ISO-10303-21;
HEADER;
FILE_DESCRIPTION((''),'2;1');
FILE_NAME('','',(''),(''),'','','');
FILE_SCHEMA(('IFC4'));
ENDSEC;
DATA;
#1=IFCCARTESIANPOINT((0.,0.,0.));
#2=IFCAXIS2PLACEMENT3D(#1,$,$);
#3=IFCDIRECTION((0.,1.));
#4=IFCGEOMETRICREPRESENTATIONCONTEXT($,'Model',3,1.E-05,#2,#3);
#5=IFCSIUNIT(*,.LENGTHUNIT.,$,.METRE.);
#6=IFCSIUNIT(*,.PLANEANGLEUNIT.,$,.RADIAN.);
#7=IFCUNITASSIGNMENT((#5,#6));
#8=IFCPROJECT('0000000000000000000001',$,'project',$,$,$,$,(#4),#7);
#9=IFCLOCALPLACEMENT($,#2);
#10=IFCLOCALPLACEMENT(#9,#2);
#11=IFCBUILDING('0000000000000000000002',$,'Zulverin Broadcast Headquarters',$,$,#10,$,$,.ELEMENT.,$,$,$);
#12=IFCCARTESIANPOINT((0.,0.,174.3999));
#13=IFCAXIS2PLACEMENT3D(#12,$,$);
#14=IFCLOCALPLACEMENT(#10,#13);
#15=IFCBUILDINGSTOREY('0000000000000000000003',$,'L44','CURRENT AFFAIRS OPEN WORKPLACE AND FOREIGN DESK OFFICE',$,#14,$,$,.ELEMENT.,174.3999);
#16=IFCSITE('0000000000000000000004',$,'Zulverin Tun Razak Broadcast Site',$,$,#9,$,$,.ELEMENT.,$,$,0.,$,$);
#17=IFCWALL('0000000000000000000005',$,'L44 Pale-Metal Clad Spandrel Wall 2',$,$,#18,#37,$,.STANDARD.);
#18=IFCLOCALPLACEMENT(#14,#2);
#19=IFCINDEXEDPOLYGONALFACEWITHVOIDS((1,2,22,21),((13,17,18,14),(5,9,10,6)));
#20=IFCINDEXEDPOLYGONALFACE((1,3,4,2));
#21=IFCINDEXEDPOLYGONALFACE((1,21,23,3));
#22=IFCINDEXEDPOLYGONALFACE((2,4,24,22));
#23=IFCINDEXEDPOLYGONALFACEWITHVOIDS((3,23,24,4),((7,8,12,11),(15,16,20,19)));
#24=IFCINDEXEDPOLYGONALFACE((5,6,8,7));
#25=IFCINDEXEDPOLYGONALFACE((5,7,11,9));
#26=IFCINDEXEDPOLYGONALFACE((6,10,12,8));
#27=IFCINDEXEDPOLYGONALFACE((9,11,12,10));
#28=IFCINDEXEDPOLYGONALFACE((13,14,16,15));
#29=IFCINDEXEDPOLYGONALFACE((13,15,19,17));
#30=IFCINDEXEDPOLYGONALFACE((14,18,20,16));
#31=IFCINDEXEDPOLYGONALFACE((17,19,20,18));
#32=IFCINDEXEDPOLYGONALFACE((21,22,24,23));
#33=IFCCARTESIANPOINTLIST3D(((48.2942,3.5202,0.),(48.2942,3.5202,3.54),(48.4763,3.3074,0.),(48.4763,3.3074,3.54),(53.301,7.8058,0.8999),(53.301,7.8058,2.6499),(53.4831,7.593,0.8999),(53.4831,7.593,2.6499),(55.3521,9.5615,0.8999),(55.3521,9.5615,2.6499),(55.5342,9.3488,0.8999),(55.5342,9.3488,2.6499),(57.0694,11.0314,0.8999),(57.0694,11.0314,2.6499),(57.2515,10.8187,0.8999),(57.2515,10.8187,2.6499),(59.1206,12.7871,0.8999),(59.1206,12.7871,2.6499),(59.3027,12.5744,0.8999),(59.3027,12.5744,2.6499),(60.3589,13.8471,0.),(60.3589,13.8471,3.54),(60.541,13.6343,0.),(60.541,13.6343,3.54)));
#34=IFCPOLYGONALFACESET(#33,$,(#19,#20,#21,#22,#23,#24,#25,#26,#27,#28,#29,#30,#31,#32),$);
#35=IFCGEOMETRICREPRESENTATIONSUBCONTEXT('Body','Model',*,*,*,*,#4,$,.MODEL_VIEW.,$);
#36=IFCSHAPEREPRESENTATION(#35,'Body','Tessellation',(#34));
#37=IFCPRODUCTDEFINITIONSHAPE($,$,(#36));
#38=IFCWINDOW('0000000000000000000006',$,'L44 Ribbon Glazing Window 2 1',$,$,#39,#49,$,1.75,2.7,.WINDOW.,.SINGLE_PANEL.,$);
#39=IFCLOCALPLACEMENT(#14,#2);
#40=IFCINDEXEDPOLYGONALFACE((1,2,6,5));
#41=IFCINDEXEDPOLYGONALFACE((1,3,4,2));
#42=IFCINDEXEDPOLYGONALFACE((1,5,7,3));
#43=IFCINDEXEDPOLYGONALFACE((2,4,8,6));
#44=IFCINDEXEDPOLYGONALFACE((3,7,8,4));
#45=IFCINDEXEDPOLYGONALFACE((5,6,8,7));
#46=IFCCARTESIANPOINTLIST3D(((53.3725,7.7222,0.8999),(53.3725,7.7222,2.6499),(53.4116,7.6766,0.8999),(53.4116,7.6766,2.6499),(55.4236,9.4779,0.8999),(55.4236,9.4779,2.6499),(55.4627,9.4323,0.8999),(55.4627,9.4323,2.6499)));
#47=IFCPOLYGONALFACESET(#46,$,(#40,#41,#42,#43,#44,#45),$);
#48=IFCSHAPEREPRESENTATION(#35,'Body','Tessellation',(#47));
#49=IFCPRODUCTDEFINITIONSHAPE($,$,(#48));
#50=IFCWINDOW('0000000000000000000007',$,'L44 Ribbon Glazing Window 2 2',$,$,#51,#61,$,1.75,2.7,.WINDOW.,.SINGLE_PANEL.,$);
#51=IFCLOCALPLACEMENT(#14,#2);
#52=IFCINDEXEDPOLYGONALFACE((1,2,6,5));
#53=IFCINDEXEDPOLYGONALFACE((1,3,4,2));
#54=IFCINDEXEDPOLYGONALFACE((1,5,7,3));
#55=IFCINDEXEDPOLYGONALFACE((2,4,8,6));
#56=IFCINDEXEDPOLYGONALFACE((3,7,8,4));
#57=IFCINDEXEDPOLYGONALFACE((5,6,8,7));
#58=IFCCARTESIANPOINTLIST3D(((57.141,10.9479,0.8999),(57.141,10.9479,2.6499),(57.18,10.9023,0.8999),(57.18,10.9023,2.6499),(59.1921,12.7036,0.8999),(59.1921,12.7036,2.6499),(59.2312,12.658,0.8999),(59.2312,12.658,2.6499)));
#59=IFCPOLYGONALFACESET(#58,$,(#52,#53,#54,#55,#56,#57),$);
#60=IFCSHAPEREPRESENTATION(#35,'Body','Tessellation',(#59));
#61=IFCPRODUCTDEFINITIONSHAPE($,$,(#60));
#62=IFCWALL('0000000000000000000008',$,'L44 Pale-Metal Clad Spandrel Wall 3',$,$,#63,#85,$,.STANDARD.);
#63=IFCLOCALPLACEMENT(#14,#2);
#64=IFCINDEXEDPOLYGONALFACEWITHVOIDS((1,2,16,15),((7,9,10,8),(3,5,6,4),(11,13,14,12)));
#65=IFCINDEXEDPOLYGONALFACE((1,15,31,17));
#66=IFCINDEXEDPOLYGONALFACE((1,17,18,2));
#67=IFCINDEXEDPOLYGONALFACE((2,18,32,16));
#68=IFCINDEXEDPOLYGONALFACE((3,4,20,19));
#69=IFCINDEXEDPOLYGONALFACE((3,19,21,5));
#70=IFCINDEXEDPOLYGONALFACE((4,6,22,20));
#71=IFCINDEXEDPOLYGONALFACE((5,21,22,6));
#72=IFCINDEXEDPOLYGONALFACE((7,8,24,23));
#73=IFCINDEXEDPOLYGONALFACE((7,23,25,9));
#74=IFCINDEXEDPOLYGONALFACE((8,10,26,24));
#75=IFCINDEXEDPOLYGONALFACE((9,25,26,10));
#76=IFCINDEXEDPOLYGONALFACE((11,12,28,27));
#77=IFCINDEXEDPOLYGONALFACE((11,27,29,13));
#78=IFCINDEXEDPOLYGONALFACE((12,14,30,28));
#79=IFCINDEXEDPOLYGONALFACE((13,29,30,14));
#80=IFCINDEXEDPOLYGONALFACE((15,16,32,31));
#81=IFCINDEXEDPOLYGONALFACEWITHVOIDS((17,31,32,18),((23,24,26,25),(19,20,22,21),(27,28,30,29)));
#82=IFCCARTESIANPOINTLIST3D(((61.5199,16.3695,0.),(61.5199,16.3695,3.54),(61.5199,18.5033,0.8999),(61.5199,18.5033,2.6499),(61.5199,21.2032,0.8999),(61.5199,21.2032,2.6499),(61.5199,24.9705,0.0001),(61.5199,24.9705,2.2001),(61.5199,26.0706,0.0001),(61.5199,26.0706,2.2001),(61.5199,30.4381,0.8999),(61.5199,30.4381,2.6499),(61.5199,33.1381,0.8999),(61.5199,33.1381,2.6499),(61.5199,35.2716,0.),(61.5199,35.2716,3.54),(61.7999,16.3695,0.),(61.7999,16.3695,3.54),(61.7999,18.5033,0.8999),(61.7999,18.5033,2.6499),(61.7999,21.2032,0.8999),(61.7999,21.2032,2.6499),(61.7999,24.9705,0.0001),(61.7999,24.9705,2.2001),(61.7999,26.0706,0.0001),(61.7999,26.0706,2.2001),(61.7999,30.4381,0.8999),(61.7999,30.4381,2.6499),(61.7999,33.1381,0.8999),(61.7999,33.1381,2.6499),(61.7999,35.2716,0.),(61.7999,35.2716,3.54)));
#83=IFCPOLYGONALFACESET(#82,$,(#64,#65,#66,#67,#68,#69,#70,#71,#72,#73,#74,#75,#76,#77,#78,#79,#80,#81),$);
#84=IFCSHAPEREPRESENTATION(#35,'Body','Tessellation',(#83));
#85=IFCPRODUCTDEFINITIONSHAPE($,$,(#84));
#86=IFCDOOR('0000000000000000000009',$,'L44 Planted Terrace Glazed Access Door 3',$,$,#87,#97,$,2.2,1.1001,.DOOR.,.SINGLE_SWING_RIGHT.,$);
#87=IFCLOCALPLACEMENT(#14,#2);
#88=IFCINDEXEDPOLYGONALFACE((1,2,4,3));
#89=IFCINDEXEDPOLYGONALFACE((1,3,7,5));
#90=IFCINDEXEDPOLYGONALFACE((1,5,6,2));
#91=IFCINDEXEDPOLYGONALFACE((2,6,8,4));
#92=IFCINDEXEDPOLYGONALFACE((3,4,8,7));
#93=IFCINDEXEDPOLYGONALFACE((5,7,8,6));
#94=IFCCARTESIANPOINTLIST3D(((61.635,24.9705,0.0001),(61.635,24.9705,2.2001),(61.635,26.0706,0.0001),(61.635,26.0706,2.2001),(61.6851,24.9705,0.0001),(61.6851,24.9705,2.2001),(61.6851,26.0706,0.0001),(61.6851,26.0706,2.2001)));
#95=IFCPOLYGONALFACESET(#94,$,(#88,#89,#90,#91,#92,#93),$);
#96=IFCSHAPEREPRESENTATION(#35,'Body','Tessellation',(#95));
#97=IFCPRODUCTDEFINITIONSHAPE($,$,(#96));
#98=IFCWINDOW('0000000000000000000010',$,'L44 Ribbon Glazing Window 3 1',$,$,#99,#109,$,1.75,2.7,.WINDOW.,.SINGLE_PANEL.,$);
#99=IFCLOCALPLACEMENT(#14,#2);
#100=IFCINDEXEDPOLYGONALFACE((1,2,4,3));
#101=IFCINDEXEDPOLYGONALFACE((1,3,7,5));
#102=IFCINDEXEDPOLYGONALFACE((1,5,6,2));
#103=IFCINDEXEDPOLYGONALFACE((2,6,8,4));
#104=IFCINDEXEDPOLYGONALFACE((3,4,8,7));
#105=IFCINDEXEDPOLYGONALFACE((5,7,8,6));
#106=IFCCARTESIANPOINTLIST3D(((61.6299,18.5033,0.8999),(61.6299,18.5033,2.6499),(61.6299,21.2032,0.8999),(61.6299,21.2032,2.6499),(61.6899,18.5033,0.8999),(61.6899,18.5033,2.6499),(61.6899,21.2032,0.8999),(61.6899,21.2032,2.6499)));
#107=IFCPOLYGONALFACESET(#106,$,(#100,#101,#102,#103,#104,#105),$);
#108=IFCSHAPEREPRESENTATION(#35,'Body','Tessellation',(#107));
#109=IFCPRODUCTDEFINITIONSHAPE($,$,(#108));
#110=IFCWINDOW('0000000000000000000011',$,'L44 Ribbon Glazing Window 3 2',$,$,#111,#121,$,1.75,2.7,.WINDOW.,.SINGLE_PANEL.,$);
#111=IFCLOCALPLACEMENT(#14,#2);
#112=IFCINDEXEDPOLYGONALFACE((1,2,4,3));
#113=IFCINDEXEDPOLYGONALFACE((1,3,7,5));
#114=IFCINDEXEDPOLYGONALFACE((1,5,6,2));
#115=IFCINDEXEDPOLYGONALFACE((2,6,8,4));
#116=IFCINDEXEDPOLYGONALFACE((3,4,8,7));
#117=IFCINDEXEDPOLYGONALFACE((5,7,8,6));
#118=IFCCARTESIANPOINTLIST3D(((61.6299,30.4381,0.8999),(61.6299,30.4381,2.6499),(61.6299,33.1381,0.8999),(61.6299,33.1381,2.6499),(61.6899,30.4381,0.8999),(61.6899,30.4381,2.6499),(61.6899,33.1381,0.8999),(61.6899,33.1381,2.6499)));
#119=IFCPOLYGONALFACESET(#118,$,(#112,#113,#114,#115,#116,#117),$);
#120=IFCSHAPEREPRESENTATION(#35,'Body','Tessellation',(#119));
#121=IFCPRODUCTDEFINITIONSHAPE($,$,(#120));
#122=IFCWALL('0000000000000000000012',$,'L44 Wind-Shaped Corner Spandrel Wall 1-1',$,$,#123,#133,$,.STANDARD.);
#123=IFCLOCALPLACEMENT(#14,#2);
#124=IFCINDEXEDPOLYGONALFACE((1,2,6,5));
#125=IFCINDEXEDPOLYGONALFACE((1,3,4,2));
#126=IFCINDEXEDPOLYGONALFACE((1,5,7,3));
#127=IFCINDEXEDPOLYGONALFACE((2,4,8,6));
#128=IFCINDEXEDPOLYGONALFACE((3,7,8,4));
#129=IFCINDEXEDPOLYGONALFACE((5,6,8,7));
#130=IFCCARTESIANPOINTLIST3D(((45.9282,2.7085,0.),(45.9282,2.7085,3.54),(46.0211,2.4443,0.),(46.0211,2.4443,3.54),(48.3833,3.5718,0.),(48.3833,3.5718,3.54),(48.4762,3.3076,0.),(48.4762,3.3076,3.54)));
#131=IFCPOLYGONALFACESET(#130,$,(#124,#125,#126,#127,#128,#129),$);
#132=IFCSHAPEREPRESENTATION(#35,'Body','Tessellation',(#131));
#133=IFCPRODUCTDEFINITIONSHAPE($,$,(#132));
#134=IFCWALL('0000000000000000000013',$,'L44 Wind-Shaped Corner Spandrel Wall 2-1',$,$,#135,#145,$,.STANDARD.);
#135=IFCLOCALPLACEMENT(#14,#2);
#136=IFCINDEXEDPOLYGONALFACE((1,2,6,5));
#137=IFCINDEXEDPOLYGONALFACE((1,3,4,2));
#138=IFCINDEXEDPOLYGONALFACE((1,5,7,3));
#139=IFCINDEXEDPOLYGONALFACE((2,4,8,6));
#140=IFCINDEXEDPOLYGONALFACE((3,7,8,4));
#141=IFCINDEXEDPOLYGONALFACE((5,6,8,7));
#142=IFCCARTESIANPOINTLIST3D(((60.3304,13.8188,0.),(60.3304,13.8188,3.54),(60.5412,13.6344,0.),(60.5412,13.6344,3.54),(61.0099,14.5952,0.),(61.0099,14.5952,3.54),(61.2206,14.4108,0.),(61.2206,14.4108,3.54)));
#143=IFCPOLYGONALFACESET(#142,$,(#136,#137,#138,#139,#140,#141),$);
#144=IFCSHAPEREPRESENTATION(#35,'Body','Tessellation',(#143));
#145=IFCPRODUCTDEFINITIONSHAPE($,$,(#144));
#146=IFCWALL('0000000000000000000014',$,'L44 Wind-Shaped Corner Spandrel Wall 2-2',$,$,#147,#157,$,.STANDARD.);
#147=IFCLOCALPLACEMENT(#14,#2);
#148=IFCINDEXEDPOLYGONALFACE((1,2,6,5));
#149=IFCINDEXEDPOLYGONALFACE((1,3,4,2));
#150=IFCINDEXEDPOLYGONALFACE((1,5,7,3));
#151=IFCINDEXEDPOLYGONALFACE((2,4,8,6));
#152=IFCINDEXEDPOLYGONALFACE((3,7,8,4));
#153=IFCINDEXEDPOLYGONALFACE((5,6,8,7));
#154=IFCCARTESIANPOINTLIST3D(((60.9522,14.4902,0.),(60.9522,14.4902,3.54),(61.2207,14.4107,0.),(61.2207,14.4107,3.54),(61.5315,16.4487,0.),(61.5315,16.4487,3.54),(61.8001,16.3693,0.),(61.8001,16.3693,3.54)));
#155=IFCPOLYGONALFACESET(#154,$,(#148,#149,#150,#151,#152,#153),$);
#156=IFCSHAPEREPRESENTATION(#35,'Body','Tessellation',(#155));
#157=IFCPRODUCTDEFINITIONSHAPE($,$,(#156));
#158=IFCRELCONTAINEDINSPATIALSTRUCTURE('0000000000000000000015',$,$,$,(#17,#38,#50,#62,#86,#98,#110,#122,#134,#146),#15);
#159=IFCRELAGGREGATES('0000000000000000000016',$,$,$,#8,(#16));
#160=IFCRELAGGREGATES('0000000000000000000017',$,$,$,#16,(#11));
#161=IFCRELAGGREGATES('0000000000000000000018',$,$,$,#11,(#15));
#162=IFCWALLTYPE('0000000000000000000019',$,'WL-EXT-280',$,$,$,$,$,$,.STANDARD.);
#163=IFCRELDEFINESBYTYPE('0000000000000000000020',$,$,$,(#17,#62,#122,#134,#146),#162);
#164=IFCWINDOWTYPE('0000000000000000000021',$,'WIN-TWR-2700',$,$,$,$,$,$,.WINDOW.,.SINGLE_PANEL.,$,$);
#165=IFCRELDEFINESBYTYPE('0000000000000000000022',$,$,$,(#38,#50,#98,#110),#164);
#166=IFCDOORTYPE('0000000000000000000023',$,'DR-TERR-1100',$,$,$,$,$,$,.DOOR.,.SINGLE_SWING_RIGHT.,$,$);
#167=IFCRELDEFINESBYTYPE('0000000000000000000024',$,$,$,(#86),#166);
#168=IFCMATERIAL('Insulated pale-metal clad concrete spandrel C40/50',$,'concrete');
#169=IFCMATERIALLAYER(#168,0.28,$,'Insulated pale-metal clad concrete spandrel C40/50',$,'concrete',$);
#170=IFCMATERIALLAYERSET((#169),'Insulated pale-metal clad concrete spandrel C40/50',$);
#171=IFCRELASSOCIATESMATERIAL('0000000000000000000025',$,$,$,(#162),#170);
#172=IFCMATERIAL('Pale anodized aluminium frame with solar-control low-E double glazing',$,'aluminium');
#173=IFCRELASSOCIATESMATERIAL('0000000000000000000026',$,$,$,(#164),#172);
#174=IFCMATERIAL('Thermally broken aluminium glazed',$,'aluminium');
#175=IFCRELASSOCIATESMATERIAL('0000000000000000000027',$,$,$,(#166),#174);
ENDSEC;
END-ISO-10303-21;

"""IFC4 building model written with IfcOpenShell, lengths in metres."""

from ifc_helpers import new_model, si_unit, direction, frame, frame_2d, origin, place, context, subcontext, project, spatial, rectangle, extrude, material, layer, layer_set, type_object, element, fill, save


model = new_model("IFC4")

# Units and contexts
model_context = context("Model", 3, precision=1e-05, world=origin(), true_north=direction((0.0, 1.0)))
body_context = subcontext(model_context, "Body", "Model", "MODEL_VIEW")
ifc_project = project(units=[si_unit("LENGTHUNIT", "METRE"), si_unit("PLANEANGLEUNIT", "RADIAN")], contexts=[model_context])

# Site, building, storey
site_placement = place(None, origin())
site = spatial("IfcSite", under=ifc_project, at=site_placement, Name="Zulverin Tun Razak Broadcast Site", CompositionType="ELEMENT", RefElevation=0.0)
building_placement = place(site_placement, origin())
building = spatial("IfcBuilding", under=site, at=building_placement, Name="Zulverin Broadcast Headquarters", CompositionType="ELEMENT")
storey_placement = place(building_placement, frame((0.0, 0.0, 174.3999)))
storey = spatial("IfcBuildingStorey", under=building, at=storey_placement, Name="L44", Description="CURRENT AFFAIRS OPEN WORKPLACE AND FOREIGN DESK OFFICE", CompositionType="ELEMENT", Elevation=174.3999)

# Wall, openings, windows
ifc_material_1 = material(Name="Insulated pale-metal clad concrete spandrel C40/50", Category="concrete")
ifc_layer_1 = layer(ifc_material_1, 0.28, Name="Insulated pale-metal clad concrete spandrel C40/50", Category="concrete")
ifc_layer_set_1 = layer_set([ifc_layer_1], Name="Insulated pale-metal clad concrete spandrel C40/50")
wall_type_1 = type_object("IfcWallType", Name="WL-EXT-280", PredefinedType="STANDARD", material=ifc_layer_set_1)
wall_1_placement = place(storey_placement, frame((48.3853, 3.4138, 0.0), z_axis=(0.0, 0.0, 1.0), x_axis=(0.7597, 0.650273, 0.0)))
wall_1 = element("IfcWall", 1, at=wall_1_placement, inside=storey, type_object=wall_type_1, Name="L44 Pale-Metal Clad Spandrel Wall 2", PredefinedType="STANDARD", context=body_context, shape_type="SweptSolid", body=[
    extrude(rectangle(XDim=15.8809, YDim=0.28, at=frame_2d((7.9404, 0.0))), origin(), (0.0, 0.0, 1.0), 3.54),
])
opening_1_placement = place(wall_1_placement, frame((6.5903, 0.0, 0.8999)))
opening_1 = element("IfcOpeningElement", 2, at=opening_1_placement, cuts=wall_1, PredefinedType="OPENING", context=body_context, shape_type="SweptSolid", body=[
    extrude(rectangle(XDim=2.7, YDim=1.75, at=frame_2d((1.3501, 0.875))), frame((0.0, 0.1499, 0.0), z_axis=(0.0, -1.0, 0.0), x_axis=(1.0, 0.0, 0.0)), (0.0, 0.0, 1.0), 0.3),
])
opening_2_placement = place(wall_1_placement, frame((11.5508, 0.0, 0.8999)))
opening_2 = element("IfcOpeningElement", 3, at=opening_2_placement, cuts=wall_1, PredefinedType="OPENING", context=body_context, shape_type="SweptSolid", body=[
    extrude(rectangle(XDim=2.7, YDim=1.75, at=frame_2d((1.3501, 0.875))), frame((0.0, 0.1499, 0.0), z_axis=(0.0, -1.0, 0.0), x_axis=(1.0, 0.0, 0.0)), (0.0, 0.0, 1.0), 0.3),
])
ifc_material_2 = material(Name="Pale anodized aluminium frame with solar-control low-E double glazing", Category="aluminium")
window_type = type_object("IfcWindowType", Name="WIN-TWR-2700", PartitioningType="SINGLE_PANEL", PredefinedType="WINDOW", material=ifc_material_2)
window_1_placement = place(opening_1_placement, origin())
window_1 = element("IfcWindow", 4, at=window_1_placement, inside=storey, type_object=window_type, Name="L44 Ribbon Glazing Window 2 1", OverallHeight=1.75, OverallWidth=2.7, PartitioningType="SINGLE_PANEL", PredefinedType="WINDOW", context=body_context, shape_type="SweptSolid", body=[
    extrude(rectangle(XDim=2.7, YDim=1.75, at=frame_2d((1.3501, 0.875))), frame((0.0, 0.03, 0.0), z_axis=(0.0, -1.0, 0.0), x_axis=(1.0, 0.0, 0.0)), (0.0, 0.0, 1.0), 0.0601),
])
fill(opening_1, window_1)
window_2_placement = place(opening_2_placement, origin())
window_2 = element("IfcWindow", 5, at=window_2_placement, inside=storey, type_object=window_type, Name="L44 Ribbon Glazing Window 2 2", OverallHeight=1.75, OverallWidth=2.7, PartitioningType="SINGLE_PANEL", PredefinedType="WINDOW", context=body_context, shape_type="SweptSolid", body=[
    extrude(rectangle(XDim=2.7, YDim=1.75, at=frame_2d((1.3501, 0.875))), frame((0.0, 0.03, 0.0), z_axis=(0.0, -1.0, 0.0), x_axis=(1.0, 0.0, 0.0)), (0.0, 0.0, 1.0), 0.0601),
])
fill(opening_2, window_2)

# Wall, openings, door, windows
wall_2_placement = place(storey_placement, frame((61.6599, 16.3694, 0.0), z_axis=(0.0, 0.0, 1.0), x_axis=(0.0, 1.0, 0.0)))
wall_2 = element("IfcWall", 6, at=wall_2_placement, inside=storey, type_object=wall_type_1, Name="L44 Pale-Metal Clad Spandrel Wall 3", PredefinedType="STANDARD", context=body_context, shape_type="SweptSolid", body=[
    extrude(rectangle(XDim=18.9021, YDim=0.28, at=frame_2d((9.4512, 0.0))), origin(), (0.0, 0.0, 1.0), 3.54),
])
opening_3_placement = place(wall_2_placement, frame((8.6011, 0.0, 0.0)))
opening_3 = element("IfcOpeningElement", 7, at=opening_3_placement, cuts=wall_2, PredefinedType="OPENING", context=body_context, shape_type="SweptSolid", body=[
    extrude(rectangle(XDim=1.1001, YDim=2.2, at=frame_2d((0.55, 1.1001))), frame((0.0, 0.1499, 0.0), z_axis=(0.0, -1.0, 0.0), x_axis=(1.0, 0.0, 0.0)), (0.0, 0.0, 1.0), 0.3),
])
opening_4_placement = place(wall_2_placement, frame((2.1338, 0.0, 0.8999)))
opening_4 = element("IfcOpeningElement", 8, at=opening_4_placement, cuts=wall_2, PredefinedType="OPENING", context=body_context, shape_type="SweptSolid", body=[
    extrude(rectangle(XDim=2.7, YDim=1.75, at=frame_2d((1.3501, 0.875))), frame((0.0, 0.1499, 0.0), z_axis=(0.0, -1.0, 0.0), x_axis=(1.0, 0.0, 0.0)), (0.0, 0.0, 1.0), 0.3),
])
opening_5_placement = place(wall_2_placement, frame((14.0686, 0.0, 0.8999)))
opening_5 = element("IfcOpeningElement", 9, at=opening_5_placement, cuts=wall_2, PredefinedType="OPENING", context=body_context, shape_type="SweptSolid", body=[
    extrude(rectangle(XDim=2.7, YDim=1.75, at=frame_2d((1.3501, 0.875))), frame((0.0, 0.1499, 0.0), z_axis=(0.0, -1.0, 0.0), x_axis=(1.0, 0.0, 0.0)), (0.0, 0.0, 1.0), 0.3),
])
ifc_material_3 = material(Name="Thermally broken aluminium glazed", Category="aluminium")
door_type_1 = type_object("IfcDoorType", Name="DR-TERR-1100", OperationType="SINGLE_SWING_RIGHT", PredefinedType="DOOR", material=ifc_material_3)
door_1_placement = place(opening_3_placement, origin())
door_1 = element("IfcDoor", 10, at=door_1_placement, inside=storey, type_object=door_type_1, Name="L44 Planted Terrace Glazed Access Door 3", OperationType="SINGLE_SWING_RIGHT", OverallHeight=2.2, OverallWidth=1.1001, PredefinedType="DOOR", context=body_context, shape_type="SweptSolid", body=[
    extrude(rectangle(XDim=1.1001, YDim=2.2, at=frame_2d((0.55, 1.1001))), frame((0.0, 0.0249, 0.0), z_axis=(0.0, -1.0, 0.0), x_axis=(1.0, 0.0, 0.0)), (0.0, 0.0, 1.0), 0.05),
])
fill(opening_3, door_1)
window_3_placement = place(opening_4_placement, origin())
window_3 = element("IfcWindow", 11, at=window_3_placement, inside=storey, type_object=window_type, Name="L44 Ribbon Glazing Window 3 1", OverallHeight=1.75, OverallWidth=2.7, PartitioningType="SINGLE_PANEL", PredefinedType="WINDOW", context=body_context, shape_type="SweptSolid", body=[
    extrude(rectangle(XDim=2.7, YDim=1.75, at=frame_2d((1.3501, 0.875))), frame((0.0, 0.03, 0.0), z_axis=(0.0, -1.0, 0.0), x_axis=(1.0, 0.0, 0.0)), (0.0, 0.0, 1.0), 0.0601),
])
fill(opening_4, window_3)
window_4_placement = place(opening_5_placement, origin())
window_4 = element("IfcWindow", 12, at=window_4_placement, inside=storey, type_object=window_type, Name="L44 Ribbon Glazing Window 3 2", OverallHeight=1.75, OverallWidth=2.7, PartitioningType="SINGLE_PANEL", PredefinedType="WINDOW", context=body_context, shape_type="SweptSolid", body=[
    extrude(rectangle(XDim=2.7, YDim=1.75, at=frame_2d((1.3501, 0.875))), frame((0.0, 0.03, 0.0), z_axis=(0.0, -1.0, 0.0), x_axis=(1.0, 0.0, 0.0)), (0.0, 0.0, 1.0), 0.0601),
])
fill(opening_5, window_4)

# Walls
wall_3_placement = place(storey_placement, frame((45.9746, 2.5764, 0.0), z_axis=(0.0, 0.0, 1.0), x_axis=(0.943378, 0.331721, 0.0)))
element("IfcWall", 13, at=wall_3_placement, inside=storey, type_object=wall_type_1, Name="L44 Wind-Shaped Corner Spandrel Wall 1-1", PredefinedType="STANDARD", context=body_context, shape_type="SweptSolid", body=[
    extrude(rectangle(XDim=2.6025, YDim=0.28, at=frame_2d((1.3013, 0.0))), origin(), (0.0, 0.0, 1.0), 3.54),
])
wall_4_placement = place(storey_placement, frame((60.4358, 13.7266, 0.0), z_axis=(0.0, 0.0, 1.0), x_axis=(0.658572, 0.752518, 0.0)))
element("IfcWall", 14, at=wall_4_placement, inside=storey, type_object=wall_type_1, Name="L44 Wind-Shaped Corner Spandrel Wall 2-1", PredefinedType="STANDARD", context=body_context, shape_type="SweptSolid", body=[
    extrude(rectangle(XDim=1.0317, YDim=0.28, at=frame_2d((0.5159, 0.0))), origin(), (0.0, 0.0, 1.0), 3.54),
])
wall_5_placement = place(storey_placement, frame((61.0864, 14.4504, 0.0), z_axis=(0.0, 0.0, 1.0), x_axis=(0.283661, 0.958925, 0.0)))
element("IfcWall", 15, at=wall_5_placement, inside=storey, type_object=wall_type_1, Name="L44 Wind-Shaped Corner Spandrel Wall 2-2", PredefinedType="STANDARD", context=body_context, shape_type="SweptSolid", body=[
    extrude(rectangle(XDim=2.0425, YDim=0.28, at=frame_2d((1.0212, 0.0))), origin(), (0.0, 0.0, 1.0), 3.54),
])

save(model, "model.ifc")
